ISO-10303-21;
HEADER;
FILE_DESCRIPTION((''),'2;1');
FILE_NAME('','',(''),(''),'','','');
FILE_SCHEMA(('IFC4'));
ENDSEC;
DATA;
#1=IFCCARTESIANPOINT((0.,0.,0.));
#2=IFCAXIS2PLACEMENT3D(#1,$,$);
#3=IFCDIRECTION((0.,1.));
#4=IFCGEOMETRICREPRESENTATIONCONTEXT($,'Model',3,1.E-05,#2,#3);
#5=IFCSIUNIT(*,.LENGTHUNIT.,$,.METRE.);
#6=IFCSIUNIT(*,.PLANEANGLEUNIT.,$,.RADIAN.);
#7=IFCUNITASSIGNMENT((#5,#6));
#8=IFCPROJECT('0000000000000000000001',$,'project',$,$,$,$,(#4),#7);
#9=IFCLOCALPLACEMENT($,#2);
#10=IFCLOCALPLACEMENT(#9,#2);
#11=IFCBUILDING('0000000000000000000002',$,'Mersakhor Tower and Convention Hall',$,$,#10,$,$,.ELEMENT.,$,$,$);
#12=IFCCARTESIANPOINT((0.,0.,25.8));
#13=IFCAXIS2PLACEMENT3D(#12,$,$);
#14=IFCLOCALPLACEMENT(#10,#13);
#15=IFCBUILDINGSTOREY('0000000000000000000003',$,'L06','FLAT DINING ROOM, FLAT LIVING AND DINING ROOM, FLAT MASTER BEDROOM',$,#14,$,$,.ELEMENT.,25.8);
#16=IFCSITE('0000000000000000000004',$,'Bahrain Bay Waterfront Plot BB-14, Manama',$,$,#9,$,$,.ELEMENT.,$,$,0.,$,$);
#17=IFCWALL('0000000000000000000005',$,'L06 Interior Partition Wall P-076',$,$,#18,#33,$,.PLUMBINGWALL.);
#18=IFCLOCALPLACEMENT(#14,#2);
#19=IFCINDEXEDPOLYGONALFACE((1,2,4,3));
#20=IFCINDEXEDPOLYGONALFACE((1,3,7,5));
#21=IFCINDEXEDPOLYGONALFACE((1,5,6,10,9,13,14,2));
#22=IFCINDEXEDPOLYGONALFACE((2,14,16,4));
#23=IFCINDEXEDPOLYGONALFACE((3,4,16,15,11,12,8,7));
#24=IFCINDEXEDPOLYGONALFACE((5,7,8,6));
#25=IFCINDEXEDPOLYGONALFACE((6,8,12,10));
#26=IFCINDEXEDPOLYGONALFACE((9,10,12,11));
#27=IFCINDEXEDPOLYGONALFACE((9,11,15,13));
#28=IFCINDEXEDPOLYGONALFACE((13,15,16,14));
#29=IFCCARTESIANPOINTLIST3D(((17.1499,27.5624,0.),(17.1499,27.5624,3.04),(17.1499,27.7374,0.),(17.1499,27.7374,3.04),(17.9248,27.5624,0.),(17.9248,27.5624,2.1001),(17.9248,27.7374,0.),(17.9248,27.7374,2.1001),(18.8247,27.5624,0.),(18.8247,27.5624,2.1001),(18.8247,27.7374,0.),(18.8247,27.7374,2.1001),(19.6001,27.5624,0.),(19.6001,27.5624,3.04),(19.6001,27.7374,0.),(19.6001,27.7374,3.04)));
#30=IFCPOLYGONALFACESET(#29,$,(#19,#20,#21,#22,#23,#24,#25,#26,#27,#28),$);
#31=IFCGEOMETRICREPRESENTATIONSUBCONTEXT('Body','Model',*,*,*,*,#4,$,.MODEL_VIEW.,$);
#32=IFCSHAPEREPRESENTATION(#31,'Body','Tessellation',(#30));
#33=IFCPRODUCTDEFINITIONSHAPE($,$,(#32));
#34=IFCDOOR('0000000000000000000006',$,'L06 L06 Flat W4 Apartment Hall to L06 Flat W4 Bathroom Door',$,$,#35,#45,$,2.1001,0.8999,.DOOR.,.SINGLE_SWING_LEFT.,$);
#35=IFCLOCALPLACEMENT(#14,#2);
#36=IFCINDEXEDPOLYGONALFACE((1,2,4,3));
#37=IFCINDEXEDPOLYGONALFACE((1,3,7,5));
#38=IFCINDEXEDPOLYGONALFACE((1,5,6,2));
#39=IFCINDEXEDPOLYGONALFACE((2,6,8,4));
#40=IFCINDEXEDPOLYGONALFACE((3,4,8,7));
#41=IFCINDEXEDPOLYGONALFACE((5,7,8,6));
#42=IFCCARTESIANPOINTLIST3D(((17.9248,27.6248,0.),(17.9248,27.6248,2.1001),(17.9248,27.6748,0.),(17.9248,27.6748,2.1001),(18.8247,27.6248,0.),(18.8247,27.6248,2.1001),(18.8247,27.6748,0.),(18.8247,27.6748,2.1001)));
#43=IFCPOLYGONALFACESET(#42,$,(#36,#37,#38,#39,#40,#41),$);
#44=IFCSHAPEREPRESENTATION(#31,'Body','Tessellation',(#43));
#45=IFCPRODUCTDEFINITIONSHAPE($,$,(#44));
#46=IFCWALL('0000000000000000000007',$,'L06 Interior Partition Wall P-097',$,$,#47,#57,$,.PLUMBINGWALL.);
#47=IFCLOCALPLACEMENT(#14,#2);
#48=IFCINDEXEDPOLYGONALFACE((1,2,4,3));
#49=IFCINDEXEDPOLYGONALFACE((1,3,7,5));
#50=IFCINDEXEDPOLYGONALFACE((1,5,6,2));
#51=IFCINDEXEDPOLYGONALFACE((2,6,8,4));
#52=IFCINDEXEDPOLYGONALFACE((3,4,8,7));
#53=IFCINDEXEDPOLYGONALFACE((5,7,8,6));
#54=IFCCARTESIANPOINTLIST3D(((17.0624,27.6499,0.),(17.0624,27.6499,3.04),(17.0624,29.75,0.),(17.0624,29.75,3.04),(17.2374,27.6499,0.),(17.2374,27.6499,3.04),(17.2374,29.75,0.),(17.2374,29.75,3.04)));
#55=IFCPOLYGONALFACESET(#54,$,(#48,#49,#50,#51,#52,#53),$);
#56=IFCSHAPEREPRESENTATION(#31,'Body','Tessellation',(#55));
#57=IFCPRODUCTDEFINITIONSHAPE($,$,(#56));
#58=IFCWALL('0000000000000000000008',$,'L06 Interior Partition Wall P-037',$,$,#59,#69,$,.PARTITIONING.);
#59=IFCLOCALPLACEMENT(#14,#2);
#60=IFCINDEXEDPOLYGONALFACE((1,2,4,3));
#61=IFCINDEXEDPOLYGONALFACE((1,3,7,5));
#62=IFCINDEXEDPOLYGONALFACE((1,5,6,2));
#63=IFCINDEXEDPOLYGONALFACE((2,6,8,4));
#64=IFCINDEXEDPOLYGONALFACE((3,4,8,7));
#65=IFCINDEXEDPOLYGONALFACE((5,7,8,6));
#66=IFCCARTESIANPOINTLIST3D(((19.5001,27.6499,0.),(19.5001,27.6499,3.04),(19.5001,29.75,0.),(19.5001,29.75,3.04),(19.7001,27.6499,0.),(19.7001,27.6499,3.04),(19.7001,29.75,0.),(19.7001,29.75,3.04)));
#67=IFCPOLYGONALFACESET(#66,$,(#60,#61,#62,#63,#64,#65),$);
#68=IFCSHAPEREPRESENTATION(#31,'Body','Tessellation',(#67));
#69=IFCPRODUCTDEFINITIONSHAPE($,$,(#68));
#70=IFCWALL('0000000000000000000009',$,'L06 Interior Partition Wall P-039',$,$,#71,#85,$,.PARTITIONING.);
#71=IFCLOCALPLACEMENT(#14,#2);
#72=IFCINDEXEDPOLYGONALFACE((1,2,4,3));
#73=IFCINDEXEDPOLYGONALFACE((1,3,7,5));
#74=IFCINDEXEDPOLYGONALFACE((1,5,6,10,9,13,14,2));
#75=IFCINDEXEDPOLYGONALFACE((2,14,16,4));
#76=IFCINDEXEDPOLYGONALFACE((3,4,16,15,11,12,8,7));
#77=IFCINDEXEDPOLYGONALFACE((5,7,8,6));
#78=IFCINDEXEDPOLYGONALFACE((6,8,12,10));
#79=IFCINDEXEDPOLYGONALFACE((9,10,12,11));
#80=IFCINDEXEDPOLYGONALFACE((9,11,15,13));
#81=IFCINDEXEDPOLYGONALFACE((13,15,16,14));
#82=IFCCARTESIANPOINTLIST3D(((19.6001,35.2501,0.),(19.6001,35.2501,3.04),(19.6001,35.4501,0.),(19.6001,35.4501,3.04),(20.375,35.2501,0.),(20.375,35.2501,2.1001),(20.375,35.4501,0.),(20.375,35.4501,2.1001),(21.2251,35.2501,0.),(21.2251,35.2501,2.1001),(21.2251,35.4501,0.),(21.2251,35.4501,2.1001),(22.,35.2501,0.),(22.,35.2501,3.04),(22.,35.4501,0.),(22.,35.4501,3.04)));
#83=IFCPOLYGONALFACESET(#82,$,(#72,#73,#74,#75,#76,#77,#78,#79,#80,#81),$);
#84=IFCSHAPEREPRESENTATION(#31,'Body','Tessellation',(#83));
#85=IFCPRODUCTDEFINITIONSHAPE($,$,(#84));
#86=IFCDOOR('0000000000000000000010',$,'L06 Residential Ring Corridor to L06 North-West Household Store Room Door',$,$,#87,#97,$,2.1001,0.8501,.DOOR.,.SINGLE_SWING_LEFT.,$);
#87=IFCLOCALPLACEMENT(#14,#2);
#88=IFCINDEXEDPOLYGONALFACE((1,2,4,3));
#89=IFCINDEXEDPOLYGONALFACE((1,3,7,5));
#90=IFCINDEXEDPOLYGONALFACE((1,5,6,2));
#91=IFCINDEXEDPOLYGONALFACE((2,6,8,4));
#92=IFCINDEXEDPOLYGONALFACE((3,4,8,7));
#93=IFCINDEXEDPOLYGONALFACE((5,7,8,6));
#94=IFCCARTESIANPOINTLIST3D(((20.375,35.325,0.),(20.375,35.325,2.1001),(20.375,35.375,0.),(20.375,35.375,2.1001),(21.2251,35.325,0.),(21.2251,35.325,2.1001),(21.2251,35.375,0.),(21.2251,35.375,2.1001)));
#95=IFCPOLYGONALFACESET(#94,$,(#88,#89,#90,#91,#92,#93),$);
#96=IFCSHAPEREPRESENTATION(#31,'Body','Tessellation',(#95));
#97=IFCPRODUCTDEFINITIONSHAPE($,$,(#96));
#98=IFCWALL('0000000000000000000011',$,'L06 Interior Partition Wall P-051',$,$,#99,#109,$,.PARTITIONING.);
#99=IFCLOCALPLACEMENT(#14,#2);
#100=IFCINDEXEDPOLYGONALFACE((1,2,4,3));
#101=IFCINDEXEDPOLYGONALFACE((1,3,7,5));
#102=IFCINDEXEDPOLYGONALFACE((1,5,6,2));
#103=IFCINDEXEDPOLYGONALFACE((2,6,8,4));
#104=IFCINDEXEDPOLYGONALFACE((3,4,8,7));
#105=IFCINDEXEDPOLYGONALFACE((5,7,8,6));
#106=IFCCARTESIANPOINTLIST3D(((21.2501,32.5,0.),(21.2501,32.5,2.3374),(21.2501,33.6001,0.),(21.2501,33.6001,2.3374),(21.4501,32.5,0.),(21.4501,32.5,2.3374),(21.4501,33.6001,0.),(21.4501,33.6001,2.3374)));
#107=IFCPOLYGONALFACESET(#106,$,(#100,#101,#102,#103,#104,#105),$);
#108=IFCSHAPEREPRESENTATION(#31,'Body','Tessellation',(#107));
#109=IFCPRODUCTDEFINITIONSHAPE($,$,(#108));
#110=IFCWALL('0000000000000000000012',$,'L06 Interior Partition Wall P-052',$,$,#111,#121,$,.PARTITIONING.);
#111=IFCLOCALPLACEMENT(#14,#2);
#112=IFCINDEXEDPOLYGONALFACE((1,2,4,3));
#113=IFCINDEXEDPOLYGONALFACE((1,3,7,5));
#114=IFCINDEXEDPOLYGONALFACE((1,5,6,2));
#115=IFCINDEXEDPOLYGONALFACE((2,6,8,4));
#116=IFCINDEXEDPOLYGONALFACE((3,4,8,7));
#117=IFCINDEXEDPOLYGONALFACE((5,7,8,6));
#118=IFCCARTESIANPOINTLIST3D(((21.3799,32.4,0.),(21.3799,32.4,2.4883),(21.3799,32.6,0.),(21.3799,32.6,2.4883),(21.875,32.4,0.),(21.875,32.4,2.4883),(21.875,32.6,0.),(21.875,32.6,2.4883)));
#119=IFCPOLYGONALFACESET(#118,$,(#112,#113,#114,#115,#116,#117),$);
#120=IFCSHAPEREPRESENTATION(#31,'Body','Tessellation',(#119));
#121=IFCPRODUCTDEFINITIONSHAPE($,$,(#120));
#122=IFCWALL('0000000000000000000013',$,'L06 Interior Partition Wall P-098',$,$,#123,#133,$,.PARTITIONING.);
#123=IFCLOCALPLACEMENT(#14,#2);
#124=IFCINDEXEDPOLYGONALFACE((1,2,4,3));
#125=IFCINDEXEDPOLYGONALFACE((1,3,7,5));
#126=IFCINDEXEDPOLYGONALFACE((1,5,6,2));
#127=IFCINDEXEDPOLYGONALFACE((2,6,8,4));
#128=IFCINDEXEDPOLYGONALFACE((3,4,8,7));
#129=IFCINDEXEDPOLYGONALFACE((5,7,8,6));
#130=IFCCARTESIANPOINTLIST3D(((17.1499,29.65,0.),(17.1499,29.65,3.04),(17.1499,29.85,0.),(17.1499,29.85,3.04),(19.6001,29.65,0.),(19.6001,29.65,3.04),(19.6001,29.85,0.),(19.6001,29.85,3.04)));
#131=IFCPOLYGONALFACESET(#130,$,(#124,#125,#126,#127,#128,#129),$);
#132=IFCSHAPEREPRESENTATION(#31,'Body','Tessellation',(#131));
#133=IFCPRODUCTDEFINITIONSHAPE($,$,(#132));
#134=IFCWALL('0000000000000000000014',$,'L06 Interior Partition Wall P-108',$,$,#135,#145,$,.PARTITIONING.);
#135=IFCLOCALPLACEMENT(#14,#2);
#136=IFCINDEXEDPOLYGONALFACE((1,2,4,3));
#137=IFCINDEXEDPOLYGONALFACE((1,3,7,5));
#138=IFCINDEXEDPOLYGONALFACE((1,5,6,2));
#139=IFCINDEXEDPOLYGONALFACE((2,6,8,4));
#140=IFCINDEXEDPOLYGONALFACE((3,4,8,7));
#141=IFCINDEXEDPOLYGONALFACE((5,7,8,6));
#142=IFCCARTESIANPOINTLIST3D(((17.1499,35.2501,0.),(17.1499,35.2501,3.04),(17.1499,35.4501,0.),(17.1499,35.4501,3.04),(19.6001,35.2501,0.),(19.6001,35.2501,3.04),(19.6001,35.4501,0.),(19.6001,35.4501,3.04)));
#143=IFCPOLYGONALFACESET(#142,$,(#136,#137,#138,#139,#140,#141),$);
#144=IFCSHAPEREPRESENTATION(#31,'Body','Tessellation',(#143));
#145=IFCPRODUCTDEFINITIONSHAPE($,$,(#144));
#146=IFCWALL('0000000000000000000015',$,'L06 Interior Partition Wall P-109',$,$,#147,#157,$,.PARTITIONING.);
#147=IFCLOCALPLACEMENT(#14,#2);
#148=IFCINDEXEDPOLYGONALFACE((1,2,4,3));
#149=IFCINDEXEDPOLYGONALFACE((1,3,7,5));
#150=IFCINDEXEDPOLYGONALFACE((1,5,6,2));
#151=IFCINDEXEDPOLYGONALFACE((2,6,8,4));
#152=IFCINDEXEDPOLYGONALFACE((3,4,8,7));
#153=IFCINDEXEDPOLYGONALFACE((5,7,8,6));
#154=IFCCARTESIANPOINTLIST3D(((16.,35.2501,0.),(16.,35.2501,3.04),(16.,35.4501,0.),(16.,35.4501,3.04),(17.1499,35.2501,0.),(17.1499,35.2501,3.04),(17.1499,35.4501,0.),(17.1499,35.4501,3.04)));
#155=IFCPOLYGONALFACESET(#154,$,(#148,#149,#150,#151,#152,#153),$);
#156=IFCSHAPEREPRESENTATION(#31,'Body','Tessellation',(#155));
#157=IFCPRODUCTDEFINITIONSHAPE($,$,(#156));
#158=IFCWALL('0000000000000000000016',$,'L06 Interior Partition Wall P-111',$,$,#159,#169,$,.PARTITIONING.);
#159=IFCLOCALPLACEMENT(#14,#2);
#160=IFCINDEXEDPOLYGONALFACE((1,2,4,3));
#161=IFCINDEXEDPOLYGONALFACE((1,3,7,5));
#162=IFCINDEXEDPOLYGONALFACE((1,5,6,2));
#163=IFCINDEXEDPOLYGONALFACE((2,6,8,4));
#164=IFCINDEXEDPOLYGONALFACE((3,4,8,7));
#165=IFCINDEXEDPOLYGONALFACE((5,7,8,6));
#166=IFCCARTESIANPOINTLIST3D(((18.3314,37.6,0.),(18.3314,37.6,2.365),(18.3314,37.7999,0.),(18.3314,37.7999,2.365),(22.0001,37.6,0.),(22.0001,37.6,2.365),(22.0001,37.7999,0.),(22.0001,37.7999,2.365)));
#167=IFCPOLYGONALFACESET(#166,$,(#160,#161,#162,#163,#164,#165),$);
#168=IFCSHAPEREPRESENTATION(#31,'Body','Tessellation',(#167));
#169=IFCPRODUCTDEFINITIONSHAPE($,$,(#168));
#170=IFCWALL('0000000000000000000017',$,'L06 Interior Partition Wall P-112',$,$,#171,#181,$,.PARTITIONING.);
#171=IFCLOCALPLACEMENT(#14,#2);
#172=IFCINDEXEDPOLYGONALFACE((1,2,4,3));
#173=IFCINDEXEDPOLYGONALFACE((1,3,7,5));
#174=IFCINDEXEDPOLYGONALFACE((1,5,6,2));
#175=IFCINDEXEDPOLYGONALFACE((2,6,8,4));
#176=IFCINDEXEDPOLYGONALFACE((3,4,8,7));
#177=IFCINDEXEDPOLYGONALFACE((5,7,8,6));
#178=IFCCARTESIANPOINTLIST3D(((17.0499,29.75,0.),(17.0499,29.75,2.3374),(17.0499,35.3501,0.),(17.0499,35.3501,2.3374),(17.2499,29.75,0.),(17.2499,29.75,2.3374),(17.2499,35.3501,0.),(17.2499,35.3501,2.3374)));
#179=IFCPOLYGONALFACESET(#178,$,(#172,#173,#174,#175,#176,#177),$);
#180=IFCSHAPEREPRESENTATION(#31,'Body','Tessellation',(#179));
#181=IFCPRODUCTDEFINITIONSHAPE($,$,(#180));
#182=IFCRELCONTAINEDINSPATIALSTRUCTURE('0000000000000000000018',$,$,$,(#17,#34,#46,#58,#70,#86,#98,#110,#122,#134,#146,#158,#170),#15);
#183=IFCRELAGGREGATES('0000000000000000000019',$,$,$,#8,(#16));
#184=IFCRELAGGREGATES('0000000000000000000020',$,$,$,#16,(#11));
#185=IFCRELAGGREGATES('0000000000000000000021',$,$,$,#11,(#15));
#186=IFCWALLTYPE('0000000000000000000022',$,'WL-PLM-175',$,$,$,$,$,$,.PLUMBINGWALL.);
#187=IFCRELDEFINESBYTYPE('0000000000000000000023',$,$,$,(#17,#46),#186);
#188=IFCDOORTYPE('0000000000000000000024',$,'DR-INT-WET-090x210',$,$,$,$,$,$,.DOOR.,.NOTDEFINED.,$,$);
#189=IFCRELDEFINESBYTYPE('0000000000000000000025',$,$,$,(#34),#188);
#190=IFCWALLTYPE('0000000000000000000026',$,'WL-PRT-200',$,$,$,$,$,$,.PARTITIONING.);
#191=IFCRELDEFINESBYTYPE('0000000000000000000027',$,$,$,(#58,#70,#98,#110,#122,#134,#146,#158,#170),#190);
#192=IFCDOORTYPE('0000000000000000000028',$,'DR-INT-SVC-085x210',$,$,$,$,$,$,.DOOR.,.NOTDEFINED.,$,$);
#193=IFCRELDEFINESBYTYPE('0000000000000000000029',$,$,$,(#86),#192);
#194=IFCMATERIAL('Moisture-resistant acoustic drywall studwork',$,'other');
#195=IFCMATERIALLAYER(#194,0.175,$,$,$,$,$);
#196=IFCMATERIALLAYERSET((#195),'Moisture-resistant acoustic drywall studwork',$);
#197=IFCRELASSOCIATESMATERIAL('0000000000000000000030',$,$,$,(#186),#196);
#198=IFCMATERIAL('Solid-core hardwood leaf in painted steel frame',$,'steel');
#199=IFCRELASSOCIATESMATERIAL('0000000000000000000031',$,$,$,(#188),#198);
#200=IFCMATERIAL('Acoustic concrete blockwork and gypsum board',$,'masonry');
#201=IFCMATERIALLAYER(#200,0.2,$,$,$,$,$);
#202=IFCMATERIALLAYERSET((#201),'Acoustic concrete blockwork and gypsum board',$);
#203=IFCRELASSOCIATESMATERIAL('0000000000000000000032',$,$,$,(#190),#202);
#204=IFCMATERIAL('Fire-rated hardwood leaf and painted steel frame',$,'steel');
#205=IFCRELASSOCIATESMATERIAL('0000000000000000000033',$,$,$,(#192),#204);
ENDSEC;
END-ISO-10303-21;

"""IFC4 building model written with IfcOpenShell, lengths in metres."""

from ifc_helpers import new_model, si_unit, direction, frame, frame_2d, origin, place, context, subcontext, project, spatial, rectangle, extrude, material, layer, layer_set, type_object, element, fill, save


model = new_model("IFC4")

# Units and contexts
model_context = context("Model", 3, precision=1e-05, world=origin(), true_north=direction((0.0, 1.0)))
body_context = subcontext(model_context, "Body", "Model", "MODEL_VIEW")
ifc_project = project(units=[si_unit("LENGTHUNIT", "METRE"), si_unit("PLANEANGLEUNIT", "RADIAN")], contexts=[model_context])

# Site, building, storey
site_placement = place(None, origin())
site = spatial("IfcSite", under=ifc_project, at=site_placement, Name="Bahrain Bay Waterfront Plot BB-14, Manama", CompositionType="ELEMENT", RefElevation=0.0)
building_placement = place(site_placement, origin())
building = spatial("IfcBuilding", under=site, at=building_placement, Name="Mersakhor Tower and Convention Hall", CompositionType="ELEMENT")
storey_placement = place(building_placement, frame((0.0, 0.0, 25.8)))
storey = spatial("IfcBuildingStorey", under=building, at=storey_placement, Name="L06", Description="FLAT DINING ROOM, FLAT LIVING AND DINING ROOM, FLAT MASTER BEDROOM", CompositionType="ELEMENT", Elevation=25.8)

# Wall, opening, door
ifc_material_1 = material(Name="Moisture-resistant acoustic drywall studwork", Category="other")
ifc_layer_1 = layer(ifc_material_1, 0.175)
ifc_layer_set_1 = layer_set([ifc_layer_1], Name="Moisture-resistant acoustic drywall studwork")
wall_type_1 = type_object("IfcWallType", Name="WL-PLM-175", PredefinedType="PLUMBINGWALL", material=ifc_layer_set_1)
wall_1_placement = place(storey_placement, frame((17.1499, 27.6499, 0.0), z_axis=(0.0, 0.0, 1.0), x_axis=(1.0, 0.0, 0.0)))
wall_1 = element("IfcWall", 1, at=wall_1_placement, inside=storey, type_object=wall_type_1, Name="L06 Interior Partition Wall P-076", PredefinedType="PLUMBINGWALL", context=body_context, shape_type="SweptSolid", body=[
    extrude(rectangle(XDim=2.4502, YDim=0.175, at=frame_2d((1.2251, 0.0))), origin(), (0.0, 0.0, 1.0), 3.04),
])
opening_1_placement = place(wall_1_placement, frame((0.7749, 0.0, 0.0)))
opening_1 = element("IfcOpeningElement", 2, at=opening_1_placement, cuts=wall_1, PredefinedType="OPENING", context=body_context, shape_type="SweptSolid", body=[
    extrude(rectangle(XDim=0.8999, YDim=2.1001, at=frame_2d((0.45, 1.05))), frame((0.0, 0.0974, 0.0), z_axis=(0.0, -1.0, 0.0), x_axis=(1.0, 0.0, 0.0)), (0.0, 0.0, 1.0), 0.1951),
])
ifc_material_2 = material(Name="Solid-core hardwood leaf in painted steel frame", Category="steel")
door_type_1 = type_object("IfcDoorType", Name="DR-INT-WET-090x210", OperationType="NOTDEFINED", PredefinedType="DOOR", material=ifc_material_2)
door_1_placement = place(opening_1_placement, origin())
door_1 = element("IfcDoor", 3, at=door_1_placement, inside=storey, type_object=door_type_1, Name="L06 L06 Flat W4 Apartment Hall to L06 Flat W4 Bathroom Door", OperationType="SINGLE_SWING_LEFT", OverallHeight=2.1001, OverallWidth=0.8999, PredefinedType="DOOR", context=body_context, shape_type="SweptSolid", body=[
    extrude(rectangle(XDim=0.8999, YDim=2.1001, at=frame_2d((0.45, 1.05))), frame((0.0, 0.0249, 0.0), z_axis=(0.0, -1.0, 0.0), x_axis=(1.0, 0.0, 0.0)), (0.0, 0.0, 1.0), 0.05),
])
fill(opening_1, door_1)

# Walls
wall_2_placement = place(storey_placement, frame((17.1499, 27.6499, 0.0), z_axis=(0.0, 0.0, 1.0), x_axis=(0.0, 1.0, 0.0)))
element("IfcWall", 4, at=wall_2_placement, inside=storey, type_object=wall_type_1, Name="L06 Interior Partition Wall P-097", PredefinedType="PLUMBINGWALL", context=body_context, shape_type="SweptSolid", body=[
    extrude(rectangle(XDim=2.1001, YDim=0.175, at=frame_2d((1.05, 0.0))), origin(), (0.0, 0.0, 1.0), 3.04),
])
ifc_material_3 = material(Name="Acoustic concrete blockwork and gypsum board", Category="masonry")
ifc_layer_2 = layer(ifc_material_3, 0.2)
ifc_layer_set_2 = layer_set([ifc_layer_2], Name="Acoustic concrete blockwork and gypsum board")
wall_type_2 = type_object("IfcWallType", Name="WL-PRT-200", PredefinedType="PARTITIONING", material=ifc_layer_set_2)
wall_3_placement = place(storey_placement, frame((19.6001, 27.6499, 0.0), z_axis=(0.0, 0.0, 1.0), x_axis=(0.0, 1.0, 0.0)))
element("IfcWall", 5, at=wall_3_placement, inside=storey, type_object=wall_type_2, Name="L06 Interior Partition Wall P-037", PredefinedType="PARTITIONING", context=body_context, shape_type="SweptSolid", body=[
    extrude(rectangle(XDim=2.1001, YDim=0.2, at=frame_2d((1.05, 0.0))), origin(), (0.0, 0.0, 1.0), 3.04),
])

# Wall, opening, door
wall_4_placement = place(storey_placement, frame((19.6001, 35.3501, 0.0), z_axis=(0.0, 0.0, 1.0), x_axis=(1.0, 0.0, 0.0)))
wall_4 = element("IfcWall", 6, at=wall_4_placement, inside=storey, type_object=wall_type_2, Name="L06 Interior Partition Wall P-039", PredefinedType="PARTITIONING", context=body_context, shape_type="SweptSolid", body=[
    extrude(rectangle(XDim=2.3999, YDim=0.2, at=frame_2d((1.2, 0.0))), origin(), (0.0, 0.0, 1.0), 3.04),
])
opening_2_placement = place(wall_4_placement, frame((0.7749, 0.0, 0.0)))
opening_2 = element("IfcOpeningElement", 7, at=opening_2_placement, cuts=wall_4, PredefinedType="OPENING", context=body_context, shape_type="SweptSolid", body=[
    extrude(rectangle(XDim=0.8501, YDim=2.1001, at=frame_2d((0.425, 1.05))), frame((0.0, 0.1099, 0.0), z_axis=(0.0, -1.0, 0.0), x_axis=(1.0, 0.0, 0.0)), (0.0, 0.0, 1.0), 0.22),
])
ifc_material_4 = material(Name="Fire-rated hardwood leaf and painted steel frame", Category="steel")
door_type_2 = type_object("IfcDoorType", Name="DR-INT-SVC-085x210", OperationType="NOTDEFINED", PredefinedType="DOOR", material=ifc_material_4)
door_2_placement = place(opening_2_placement, origin())
door_2 = element("IfcDoor", 8, at=door_2_placement, inside=storey, type_object=door_type_2, Name="L06 Residential Ring Corridor to L06 North-West Household Store Room Door", OperationType="SINGLE_SWING_LEFT", OverallHeight=2.1001, OverallWidth=0.8501, PredefinedType="DOOR", context=body_context, shape_type="SweptSolid", body=[
    extrude(rectangle(XDim=0.8501, YDim=2.1001, at=frame_2d((0.425, 1.05))), frame((0.0, 0.0249, 0.0), z_axis=(0.0, -1.0, 0.0), x_axis=(1.0, 0.0, 0.0)), (0.0, 0.0, 1.0), 0.05),
])
fill(opening_2, door_2)

# Walls
wall_5_placement = place(storey_placement, frame((21.3501, 33.6001, 0.0), z_axis=(0.0, 0.0, 1.0), x_axis=(0.0, -1.0, 0.0)))
element("IfcWall", 9, at=wall_5_placement, inside=storey, type_object=wall_type_2, Name="L06 Interior Partition Wall P-051", PredefinedType="PARTITIONING", context=body_context, shape_type="SweptSolid", body=[
    extrude(rectangle(XDim=1.1001, YDim=0.2, at=frame_2d((0.55, 0.0))), origin(), (0.0, 0.0, 1.0), 2.3374),
])
wall_6_placement = place(storey_placement, frame((21.3799, 32.5, 0.0), z_axis=(0.0, 0.0, 1.0), x_axis=(1.0, 0.0, 0.0)))
element("IfcWall", 10, at=wall_6_placement, inside=storey, type_object=wall_type_2, Name="L06 Interior Partition Wall P-052", PredefinedType="PARTITIONING", context=body_context, shape_type="SweptSolid", body=[
    extrude(rectangle(XDim=0.4951, YDim=0.2, at=frame_2d((0.2476, 0.0))), origin(), (0.0, 0.0, 1.0), 2.4883),
])
for number, where, z_axis, x_axis, name in (
    (11, (17.1499, 29.75, 0.0), (0.0, 0.0, 1.0), (1.0, 0.0, 0.0), "L06 Interior Partition Wall P-098"),
    (12, (19.6001, 35.3501, 0.0), (0.0, 0.0, 1.0), (-1.0, 0.0, 0.0), "L06 Interior Partition Wall P-108"),
):
    element("IfcWall", number, at=place(storey_placement, frame(where, z_axis=z_axis, x_axis=x_axis)), inside=storey, type_object=wall_type_2, Name=name, PredefinedType="PARTITIONING", context=body_context, shape_type="SweptSolid", body=[
        extrude(rectangle(XDim=2.4502, YDim=0.2, at=frame_2d((1.2251, 0.0))), origin(), (0.0, 0.0, 1.0), 3.04),
    ])
wall_7_placement = place(storey_placement, frame((17.1499, 35.3501, 0.0), z_axis=(0.0, 0.0, 1.0), x_axis=(-1.0, 0.0, 0.0)))
element("IfcWall", 13, at=wall_7_placement, inside=storey, type_object=wall_type_2, Name="L06 Interior Partition Wall P-109", PredefinedType="PARTITIONING", context=body_context, shape_type="SweptSolid", body=[
    extrude(rectangle(XDim=1.1499, YDim=0.2, at=frame_2d((0.575, 0.0))), origin(), (0.0, 0.0, 1.0), 3.04),
])
wall_8_placement = place(storey_placement, frame((18.3313, 37.7, 0.0), z_axis=(0.0, 0.0, 1.0), x_axis=(1.0, 0.0, 0.0)))
element("IfcWall", 14, at=wall_8_placement, inside=storey, type_object=wall_type_2, Name="L06 Interior Partition Wall P-111", PredefinedType="PARTITIONING", context=body_context, shape_type="SweptSolid", body=[
    extrude(rectangle(XDim=3.6687, YDim=0.2, at=frame_2d((1.8345, 0.0))), origin(), (0.0, 0.0, 1.0), 2.365),
])
wall_9_placement = place(storey_placement, frame((17.1499, 29.75, 0.0), z_axis=(0.0, 0.0, 1.0), x_axis=(0.0, 1.0, 0.0)))
element("IfcWall", 15, at=wall_9_placement, inside=storey, type_object=wall_type_2, Name="L06 Interior Partition Wall P-112", PredefinedType="PARTITIONING", context=body_context, shape_type="SweptSolid", body=[
    extrude(rectangle(XDim=5.6001, YDim=0.2, at=frame_2d((2.8, 0.0))), origin(), (0.0, 0.0, 1.0), 2.3374),
])

save(model, "model.ifc")
